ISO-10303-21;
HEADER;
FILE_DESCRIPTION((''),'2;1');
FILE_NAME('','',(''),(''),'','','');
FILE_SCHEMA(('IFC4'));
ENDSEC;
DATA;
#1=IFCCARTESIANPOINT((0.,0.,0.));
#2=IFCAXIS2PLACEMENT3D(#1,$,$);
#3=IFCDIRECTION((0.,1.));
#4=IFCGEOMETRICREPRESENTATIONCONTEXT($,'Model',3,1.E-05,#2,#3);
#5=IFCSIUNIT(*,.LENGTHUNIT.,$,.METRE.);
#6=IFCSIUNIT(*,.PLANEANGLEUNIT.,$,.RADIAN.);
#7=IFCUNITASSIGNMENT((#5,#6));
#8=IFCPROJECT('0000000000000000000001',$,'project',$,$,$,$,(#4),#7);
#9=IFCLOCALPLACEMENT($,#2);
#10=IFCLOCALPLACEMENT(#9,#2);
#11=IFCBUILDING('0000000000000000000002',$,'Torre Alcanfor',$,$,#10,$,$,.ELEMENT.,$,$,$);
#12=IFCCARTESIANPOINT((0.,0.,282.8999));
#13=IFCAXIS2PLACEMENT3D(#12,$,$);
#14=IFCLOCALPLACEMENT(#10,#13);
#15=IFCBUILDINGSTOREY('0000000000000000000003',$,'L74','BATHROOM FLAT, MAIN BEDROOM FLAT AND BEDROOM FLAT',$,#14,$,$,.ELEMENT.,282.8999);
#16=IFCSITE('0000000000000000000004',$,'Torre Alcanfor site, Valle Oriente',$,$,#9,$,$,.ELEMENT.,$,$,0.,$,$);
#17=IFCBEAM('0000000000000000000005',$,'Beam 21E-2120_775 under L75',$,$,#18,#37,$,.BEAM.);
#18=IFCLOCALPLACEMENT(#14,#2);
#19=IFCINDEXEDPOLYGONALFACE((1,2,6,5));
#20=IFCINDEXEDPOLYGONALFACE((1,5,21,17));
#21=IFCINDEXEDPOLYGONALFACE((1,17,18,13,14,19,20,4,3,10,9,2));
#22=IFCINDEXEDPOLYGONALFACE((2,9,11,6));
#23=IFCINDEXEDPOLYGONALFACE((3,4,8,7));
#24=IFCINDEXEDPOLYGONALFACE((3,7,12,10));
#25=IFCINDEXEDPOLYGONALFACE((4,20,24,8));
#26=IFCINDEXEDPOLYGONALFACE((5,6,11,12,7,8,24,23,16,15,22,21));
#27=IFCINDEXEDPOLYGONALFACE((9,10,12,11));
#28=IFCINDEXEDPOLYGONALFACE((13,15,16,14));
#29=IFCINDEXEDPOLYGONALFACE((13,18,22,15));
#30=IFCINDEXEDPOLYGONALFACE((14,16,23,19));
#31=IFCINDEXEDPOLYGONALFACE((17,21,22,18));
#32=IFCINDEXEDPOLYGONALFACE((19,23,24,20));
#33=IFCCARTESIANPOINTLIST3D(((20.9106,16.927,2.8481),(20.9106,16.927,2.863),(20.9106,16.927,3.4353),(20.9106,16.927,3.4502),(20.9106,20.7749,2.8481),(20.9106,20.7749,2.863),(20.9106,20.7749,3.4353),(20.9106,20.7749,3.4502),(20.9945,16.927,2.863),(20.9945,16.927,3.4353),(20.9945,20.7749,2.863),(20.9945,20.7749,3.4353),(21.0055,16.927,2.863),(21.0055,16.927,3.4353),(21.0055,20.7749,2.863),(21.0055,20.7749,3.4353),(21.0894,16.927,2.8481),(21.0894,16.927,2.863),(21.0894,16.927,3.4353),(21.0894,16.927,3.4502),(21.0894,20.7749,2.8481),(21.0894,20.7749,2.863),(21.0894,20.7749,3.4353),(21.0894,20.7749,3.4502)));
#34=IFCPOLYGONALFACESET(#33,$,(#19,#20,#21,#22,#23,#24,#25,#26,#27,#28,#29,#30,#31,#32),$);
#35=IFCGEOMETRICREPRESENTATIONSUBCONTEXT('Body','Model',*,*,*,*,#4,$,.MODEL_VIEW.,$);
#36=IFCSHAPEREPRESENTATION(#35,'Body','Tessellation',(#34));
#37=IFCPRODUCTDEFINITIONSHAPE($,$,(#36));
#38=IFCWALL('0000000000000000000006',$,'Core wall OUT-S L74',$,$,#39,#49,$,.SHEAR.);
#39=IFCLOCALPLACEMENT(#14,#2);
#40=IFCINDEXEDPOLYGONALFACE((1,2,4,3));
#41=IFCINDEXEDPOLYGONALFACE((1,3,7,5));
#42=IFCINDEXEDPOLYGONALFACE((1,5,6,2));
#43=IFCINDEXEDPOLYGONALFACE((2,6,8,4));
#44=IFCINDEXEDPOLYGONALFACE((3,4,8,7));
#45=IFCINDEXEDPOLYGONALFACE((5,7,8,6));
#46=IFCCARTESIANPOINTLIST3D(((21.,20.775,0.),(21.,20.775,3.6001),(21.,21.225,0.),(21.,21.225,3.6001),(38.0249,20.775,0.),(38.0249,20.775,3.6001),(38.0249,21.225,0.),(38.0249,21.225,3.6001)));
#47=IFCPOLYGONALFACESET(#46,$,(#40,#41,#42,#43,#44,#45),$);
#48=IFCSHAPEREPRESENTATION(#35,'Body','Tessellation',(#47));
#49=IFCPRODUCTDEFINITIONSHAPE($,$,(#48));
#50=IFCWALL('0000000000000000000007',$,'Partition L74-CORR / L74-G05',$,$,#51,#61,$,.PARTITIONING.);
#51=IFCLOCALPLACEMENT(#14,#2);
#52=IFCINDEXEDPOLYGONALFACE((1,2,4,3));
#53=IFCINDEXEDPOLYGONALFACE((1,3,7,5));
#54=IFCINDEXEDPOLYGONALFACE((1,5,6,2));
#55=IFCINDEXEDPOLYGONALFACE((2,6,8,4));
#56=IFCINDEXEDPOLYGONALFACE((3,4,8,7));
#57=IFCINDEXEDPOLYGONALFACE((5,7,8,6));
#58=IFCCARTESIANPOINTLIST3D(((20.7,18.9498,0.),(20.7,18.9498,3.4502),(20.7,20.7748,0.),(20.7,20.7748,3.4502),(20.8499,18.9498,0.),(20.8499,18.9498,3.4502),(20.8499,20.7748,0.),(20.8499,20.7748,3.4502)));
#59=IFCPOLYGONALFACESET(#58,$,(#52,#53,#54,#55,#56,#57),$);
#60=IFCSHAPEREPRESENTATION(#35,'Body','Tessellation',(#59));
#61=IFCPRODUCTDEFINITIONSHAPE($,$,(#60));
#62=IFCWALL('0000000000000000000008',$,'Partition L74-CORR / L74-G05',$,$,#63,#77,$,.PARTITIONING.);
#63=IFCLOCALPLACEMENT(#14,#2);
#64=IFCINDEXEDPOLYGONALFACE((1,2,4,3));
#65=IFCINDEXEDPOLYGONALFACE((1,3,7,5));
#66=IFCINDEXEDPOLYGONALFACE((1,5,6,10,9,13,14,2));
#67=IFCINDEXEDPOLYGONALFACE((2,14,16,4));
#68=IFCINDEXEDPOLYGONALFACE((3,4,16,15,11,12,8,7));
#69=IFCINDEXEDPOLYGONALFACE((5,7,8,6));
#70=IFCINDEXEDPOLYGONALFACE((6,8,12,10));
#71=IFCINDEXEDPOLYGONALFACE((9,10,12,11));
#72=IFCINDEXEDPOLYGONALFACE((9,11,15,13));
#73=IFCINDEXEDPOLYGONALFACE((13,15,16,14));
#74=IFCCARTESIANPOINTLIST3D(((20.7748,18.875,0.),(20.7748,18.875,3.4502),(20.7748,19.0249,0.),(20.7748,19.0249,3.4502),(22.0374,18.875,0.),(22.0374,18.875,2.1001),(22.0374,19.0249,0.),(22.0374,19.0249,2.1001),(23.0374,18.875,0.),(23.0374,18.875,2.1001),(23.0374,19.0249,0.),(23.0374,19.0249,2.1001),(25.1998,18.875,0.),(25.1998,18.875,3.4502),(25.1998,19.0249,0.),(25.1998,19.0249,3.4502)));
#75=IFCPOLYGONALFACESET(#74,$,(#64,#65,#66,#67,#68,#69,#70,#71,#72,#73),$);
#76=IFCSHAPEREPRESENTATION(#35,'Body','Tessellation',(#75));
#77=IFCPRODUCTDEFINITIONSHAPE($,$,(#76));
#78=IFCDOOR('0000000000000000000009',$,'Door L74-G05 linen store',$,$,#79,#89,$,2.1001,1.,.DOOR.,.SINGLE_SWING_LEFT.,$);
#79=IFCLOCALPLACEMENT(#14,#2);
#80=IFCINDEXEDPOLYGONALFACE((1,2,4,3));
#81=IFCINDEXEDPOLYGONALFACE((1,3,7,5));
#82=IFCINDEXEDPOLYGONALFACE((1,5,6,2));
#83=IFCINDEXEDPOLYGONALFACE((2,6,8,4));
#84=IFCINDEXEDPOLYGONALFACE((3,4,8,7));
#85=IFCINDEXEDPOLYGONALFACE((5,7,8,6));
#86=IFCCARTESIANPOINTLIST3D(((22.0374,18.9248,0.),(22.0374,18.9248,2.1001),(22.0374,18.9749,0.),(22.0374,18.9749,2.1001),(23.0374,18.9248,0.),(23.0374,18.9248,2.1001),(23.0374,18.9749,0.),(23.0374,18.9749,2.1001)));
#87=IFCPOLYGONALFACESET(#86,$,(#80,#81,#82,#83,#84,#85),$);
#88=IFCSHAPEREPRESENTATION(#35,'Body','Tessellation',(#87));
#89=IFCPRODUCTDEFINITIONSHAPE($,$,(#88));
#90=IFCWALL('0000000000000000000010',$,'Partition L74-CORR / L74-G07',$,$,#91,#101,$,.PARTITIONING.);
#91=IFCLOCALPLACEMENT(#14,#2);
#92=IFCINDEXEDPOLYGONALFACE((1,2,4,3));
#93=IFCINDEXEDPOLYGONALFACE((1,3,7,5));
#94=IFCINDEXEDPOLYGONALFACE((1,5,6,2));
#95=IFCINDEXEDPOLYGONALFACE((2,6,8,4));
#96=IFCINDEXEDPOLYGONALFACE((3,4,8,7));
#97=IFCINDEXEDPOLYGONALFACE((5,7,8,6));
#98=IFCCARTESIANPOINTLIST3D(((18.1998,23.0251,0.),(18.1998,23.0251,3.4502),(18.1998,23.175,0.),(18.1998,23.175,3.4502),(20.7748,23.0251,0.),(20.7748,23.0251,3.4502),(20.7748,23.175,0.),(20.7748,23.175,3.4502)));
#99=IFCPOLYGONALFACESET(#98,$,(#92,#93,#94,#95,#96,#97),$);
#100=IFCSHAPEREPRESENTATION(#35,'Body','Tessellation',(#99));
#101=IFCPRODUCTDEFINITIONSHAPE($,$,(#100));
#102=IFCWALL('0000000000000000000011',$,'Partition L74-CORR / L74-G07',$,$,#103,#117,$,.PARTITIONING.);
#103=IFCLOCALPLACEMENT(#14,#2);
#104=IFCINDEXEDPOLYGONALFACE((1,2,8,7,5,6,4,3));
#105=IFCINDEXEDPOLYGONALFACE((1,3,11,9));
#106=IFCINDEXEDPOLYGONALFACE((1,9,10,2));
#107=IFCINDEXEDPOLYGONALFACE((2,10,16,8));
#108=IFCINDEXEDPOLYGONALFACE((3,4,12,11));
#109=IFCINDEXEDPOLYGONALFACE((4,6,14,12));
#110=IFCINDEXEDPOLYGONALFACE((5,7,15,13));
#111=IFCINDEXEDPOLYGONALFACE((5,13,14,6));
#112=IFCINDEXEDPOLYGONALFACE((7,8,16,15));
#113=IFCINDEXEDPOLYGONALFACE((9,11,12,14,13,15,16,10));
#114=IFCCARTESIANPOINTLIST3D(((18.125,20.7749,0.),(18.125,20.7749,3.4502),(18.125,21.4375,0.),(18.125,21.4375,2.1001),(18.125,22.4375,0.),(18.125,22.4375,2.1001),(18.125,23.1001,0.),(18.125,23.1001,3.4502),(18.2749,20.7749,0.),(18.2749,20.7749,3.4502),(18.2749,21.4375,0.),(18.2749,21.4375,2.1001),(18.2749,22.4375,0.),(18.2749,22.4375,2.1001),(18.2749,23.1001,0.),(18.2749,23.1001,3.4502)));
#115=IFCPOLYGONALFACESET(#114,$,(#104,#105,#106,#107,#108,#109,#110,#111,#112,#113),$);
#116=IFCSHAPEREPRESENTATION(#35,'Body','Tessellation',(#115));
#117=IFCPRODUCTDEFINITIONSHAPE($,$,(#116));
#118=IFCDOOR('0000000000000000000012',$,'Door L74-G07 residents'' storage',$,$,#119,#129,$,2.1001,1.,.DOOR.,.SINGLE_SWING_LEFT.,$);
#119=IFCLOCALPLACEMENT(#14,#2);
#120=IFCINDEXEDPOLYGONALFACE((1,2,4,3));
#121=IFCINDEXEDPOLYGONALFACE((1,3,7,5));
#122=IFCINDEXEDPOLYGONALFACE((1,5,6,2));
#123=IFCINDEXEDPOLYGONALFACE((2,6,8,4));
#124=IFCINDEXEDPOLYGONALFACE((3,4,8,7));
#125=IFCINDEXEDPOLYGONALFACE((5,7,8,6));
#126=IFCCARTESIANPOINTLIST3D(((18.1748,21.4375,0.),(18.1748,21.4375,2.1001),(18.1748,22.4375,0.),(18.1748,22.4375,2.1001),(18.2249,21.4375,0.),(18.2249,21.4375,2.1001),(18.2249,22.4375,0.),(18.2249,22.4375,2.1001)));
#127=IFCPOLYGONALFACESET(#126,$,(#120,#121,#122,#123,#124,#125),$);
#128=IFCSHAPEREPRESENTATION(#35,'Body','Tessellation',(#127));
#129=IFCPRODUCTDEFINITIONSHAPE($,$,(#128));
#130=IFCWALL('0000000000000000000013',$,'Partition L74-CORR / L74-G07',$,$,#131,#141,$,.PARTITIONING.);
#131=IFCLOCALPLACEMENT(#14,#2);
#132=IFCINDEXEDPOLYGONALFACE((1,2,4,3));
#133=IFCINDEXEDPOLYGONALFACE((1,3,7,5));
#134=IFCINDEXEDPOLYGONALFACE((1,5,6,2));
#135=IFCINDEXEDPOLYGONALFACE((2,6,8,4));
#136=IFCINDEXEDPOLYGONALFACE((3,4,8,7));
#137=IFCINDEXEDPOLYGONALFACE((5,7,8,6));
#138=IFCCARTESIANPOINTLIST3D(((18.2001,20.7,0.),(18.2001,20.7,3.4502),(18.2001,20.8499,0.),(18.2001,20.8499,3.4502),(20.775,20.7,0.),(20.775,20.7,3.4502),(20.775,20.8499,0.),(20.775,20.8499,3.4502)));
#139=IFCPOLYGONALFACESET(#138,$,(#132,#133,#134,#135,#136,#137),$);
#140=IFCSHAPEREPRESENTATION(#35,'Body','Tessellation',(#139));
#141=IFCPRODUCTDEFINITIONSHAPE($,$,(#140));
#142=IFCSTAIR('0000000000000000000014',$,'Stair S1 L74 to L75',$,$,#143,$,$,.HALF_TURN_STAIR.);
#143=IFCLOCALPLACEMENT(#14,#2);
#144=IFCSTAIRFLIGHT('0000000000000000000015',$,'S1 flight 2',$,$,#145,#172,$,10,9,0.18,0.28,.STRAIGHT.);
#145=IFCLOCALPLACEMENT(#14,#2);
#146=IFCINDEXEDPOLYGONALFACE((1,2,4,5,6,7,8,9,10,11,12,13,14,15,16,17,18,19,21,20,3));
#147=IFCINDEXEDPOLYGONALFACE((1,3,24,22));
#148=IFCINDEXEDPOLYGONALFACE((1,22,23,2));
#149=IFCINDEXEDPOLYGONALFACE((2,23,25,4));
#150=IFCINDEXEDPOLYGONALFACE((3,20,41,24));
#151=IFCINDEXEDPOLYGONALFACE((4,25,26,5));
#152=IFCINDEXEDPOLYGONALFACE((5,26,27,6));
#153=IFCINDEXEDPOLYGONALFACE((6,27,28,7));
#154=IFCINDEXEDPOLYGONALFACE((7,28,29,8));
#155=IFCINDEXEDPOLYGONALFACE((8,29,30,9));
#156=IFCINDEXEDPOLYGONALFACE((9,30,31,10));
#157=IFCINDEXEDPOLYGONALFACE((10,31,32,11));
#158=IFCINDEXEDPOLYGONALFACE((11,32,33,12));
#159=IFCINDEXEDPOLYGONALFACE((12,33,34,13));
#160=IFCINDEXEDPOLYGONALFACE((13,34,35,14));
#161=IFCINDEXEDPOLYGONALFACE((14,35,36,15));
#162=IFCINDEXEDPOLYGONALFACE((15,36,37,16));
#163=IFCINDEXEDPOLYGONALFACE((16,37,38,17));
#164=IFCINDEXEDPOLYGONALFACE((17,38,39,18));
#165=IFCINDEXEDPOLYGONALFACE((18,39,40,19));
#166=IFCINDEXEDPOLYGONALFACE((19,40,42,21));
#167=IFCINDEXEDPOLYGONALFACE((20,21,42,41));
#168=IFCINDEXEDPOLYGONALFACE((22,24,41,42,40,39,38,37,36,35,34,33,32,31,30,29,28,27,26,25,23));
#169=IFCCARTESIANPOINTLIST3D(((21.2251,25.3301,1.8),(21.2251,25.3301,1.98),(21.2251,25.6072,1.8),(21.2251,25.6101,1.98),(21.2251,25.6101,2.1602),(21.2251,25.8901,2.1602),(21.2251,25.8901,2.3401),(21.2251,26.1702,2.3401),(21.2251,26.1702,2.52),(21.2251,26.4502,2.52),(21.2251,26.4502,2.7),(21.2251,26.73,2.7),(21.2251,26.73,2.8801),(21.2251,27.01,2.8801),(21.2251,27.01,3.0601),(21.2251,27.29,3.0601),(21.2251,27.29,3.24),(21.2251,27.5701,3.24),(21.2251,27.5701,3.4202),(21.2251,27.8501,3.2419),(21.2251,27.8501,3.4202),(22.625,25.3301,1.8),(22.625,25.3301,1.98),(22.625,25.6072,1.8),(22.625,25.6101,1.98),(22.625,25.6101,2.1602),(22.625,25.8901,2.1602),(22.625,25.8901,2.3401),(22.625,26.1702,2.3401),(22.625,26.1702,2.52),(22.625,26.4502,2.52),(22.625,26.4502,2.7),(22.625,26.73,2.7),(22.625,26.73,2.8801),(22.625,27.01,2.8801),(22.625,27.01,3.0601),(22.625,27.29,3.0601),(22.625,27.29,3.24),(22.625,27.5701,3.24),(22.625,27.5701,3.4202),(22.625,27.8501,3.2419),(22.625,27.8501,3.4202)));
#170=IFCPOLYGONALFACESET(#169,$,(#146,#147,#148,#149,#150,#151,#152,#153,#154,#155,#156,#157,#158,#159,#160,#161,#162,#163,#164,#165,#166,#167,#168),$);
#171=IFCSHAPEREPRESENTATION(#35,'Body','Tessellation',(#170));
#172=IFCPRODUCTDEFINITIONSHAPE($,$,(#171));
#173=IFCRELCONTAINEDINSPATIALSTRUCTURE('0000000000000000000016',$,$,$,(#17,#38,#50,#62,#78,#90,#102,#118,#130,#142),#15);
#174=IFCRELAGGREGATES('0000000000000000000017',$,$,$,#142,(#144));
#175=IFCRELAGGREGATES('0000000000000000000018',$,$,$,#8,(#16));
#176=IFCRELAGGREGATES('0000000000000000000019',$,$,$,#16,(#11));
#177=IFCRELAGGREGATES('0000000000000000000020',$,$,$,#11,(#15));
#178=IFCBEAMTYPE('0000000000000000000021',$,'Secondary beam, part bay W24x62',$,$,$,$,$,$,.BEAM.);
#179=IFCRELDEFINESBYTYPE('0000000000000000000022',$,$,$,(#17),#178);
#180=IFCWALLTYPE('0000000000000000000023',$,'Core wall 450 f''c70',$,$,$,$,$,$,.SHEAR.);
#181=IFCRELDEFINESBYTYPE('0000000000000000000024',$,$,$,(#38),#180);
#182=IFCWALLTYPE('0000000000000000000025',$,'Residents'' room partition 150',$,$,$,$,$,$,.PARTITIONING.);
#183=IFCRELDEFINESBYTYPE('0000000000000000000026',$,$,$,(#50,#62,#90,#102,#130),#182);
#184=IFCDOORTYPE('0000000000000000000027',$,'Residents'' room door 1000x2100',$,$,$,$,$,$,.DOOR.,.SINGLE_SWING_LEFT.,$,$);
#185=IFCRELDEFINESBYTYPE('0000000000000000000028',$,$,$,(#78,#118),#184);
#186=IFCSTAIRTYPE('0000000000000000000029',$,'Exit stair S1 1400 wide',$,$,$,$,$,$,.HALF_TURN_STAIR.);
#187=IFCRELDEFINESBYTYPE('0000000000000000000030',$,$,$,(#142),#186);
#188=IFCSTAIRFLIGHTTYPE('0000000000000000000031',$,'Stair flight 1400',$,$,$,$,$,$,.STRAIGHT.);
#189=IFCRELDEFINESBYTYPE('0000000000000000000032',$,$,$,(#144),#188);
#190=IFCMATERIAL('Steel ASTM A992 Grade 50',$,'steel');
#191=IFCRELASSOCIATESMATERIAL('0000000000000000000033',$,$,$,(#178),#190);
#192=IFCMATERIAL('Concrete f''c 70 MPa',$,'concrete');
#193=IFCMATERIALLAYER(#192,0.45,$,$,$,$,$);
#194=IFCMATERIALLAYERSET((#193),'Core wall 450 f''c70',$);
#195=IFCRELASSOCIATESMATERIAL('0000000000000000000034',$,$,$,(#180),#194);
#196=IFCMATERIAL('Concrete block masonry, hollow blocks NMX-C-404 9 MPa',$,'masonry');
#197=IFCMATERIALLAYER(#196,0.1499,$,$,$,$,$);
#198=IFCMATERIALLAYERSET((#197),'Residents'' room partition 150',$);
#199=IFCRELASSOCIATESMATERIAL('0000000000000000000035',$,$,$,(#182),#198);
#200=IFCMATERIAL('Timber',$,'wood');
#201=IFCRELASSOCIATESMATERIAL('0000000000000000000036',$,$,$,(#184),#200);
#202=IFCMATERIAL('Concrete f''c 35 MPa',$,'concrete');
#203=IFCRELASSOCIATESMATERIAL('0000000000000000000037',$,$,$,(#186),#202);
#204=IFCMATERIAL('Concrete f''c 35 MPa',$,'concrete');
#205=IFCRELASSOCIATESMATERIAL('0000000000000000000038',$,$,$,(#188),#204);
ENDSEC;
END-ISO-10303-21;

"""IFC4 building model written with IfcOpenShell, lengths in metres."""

from ifc_helpers import new_model, si_unit, direction, frame, frame_2d, origin, origin_2d, place, context, subcontext, project, spatial, polyline, rectangle, i_section, outline, extrude, material, layer, layer_set, material_profile, profile_set, type_object, element, fill, aggregate, save


model = new_model("IFC4")

# Units and contexts
model_context = context("Model", 3, precision=1e-05, world=origin(), true_north=direction((0.0, 1.0)))
body_context = subcontext(model_context, "Body", "Model", "MODEL_VIEW")
ifc_project = project(units=[si_unit("LENGTHUNIT", "METRE"), si_unit("PLANEANGLEUNIT", "RADIAN")], contexts=[model_context])

# Site, building, storey
site_placement = place(None, origin())
site = spatial("IfcSite", under=ifc_project, at=site_placement, Name="Torre Alcanfor site, Valle Oriente", CompositionType="ELEMENT", RefElevation=0.0)
building_placement = place(site_placement, origin())
building = spatial("IfcBuilding", under=site, at=building_placement, Name="Torre Alcanfor", CompositionType="ELEMENT")
storey_placement = place(building_placement, frame((0.0, 0.0, 282.8999)))
storey = spatial("IfcBuildingStorey", under=building, at=storey_placement, Name="L74", Description="BATHROOM FLAT, MAIN BEDROOM FLAT AND BEDROOM FLAT", CompositionType="ELEMENT", Elevation=282.8999)

# Beam
ifc_material_1 = material(Name="Steel ASTM A992 Grade 50", Category="steel")
ifc_material_profile = material_profile(ifc_material_1, i_section(OverallWidth=0.1787, OverallDepth=0.6021, WebThickness=0.011, FlangeThickness=0.0149, at=origin_2d()), Name="W24x62")
ifc_profile_set = profile_set([ifc_material_profile], Name="Steel ASTM A992 Grade 50")
beam_type = type_object("IfcBeamType", Name="Secondary beam, part bay W24x62", PredefinedType="BEAM", material=ifc_profile_set)
beam_placement = place(storey_placement, frame((21.0, 16.927, 3.1492), z_axis=(0.0, 1.0, 0.0), x_axis=(-1.0, 0.0, 0.0)))
element("IfcBeam", 1, at=beam_placement, inside=storey, type_object=beam_type, Name="Beam 21E-2120_775 under L75", PredefinedType="BEAM", context=body_context, shape_type="SweptSolid", body=[
    extrude(i_section(OverallWidth=0.1787, OverallDepth=0.6021, WebThickness=0.011, FlangeThickness=0.0149, at=origin_2d()), origin(), (0.0, 0.0, 1.0), 3.8479),
])

# Walls
ifc_material_2 = material(Name="Concrete f'c 70 MPa", Category="concrete")
ifc_layer_1 = layer(ifc_material_2, 0.45)
ifc_layer_set_1 = layer_set([ifc_layer_1], Name="Core wall 450 f'c70")
wall_type_1 = type_object("IfcWallType", Name="Core wall 450 f'c70", PredefinedType="SHEAR", material=ifc_layer_set_1)
wall_1_placement = place(storey_placement, frame((21.0, 21.0, 0.0), z_axis=(0.0, 0.0, 1.0), x_axis=(1.0, 0.0, 0.0)))
element("IfcWall", 2, at=wall_1_placement, inside=storey, type_object=wall_type_1, Name="Core wall OUT-S L74", PredefinedType="SHEAR", context=body_context, shape_type="SweptSolid", body=[
    extrude(rectangle(XDim=17.0249, YDim=0.45, at=frame_2d((8.5125, 0.0))), origin(), (0.0, 0.0, 1.0), 3.6001),
])
ifc_material_3 = material(Name="Concrete block masonry, hollow blocks NMX-C-404 9 MPa", Category="masonry")
ifc_layer_2 = layer(ifc_material_3, 0.1499)
ifc_layer_set_2 = layer_set([ifc_layer_2], Name="Residents' room partition 150")
wall_type_2 = type_object("IfcWallType", Name="Residents' room partition 150", PredefinedType="PARTITIONING", material=ifc_layer_set_2)
wall_2_placement = place(storey_placement, frame((20.7749, 20.7749, 0.0), z_axis=(0.0, 0.0, 1.0), x_axis=(0.0, -1.0, 0.0)))
element("IfcWall", 3, at=wall_2_placement, inside=storey, type_object=wall_type_2, Name="Partition L74-CORR / L74-G05", PredefinedType="PARTITIONING", context=body_context, shape_type="SweptSolid", body=[
    extrude(rectangle(XDim=1.825, YDim=0.1499, at=frame_2d((0.9126, 0.0))), origin(), (0.0, 0.0, 1.0), 3.4502),
])

# Wall, opening, door
wall_3_placement = place(storey_placement, frame((20.7749, 18.95, 0.0), z_axis=(0.0, 0.0, 1.0), x_axis=(1.0, 0.0, 0.0)))
wall_3 = element("IfcWall", 4, at=wall_3_placement, inside=storey, type_object=wall_type_2, Name="Partition L74-CORR / L74-G05", PredefinedType="PARTITIONING", context=body_context, shape_type="SweptSolid", body=[
    extrude(rectangle(XDim=4.425, YDim=0.1499, at=frame_2d((2.2124, 0.0))), origin(), (0.0, 0.0, 1.0), 3.4502),
])
opening_1_placement = place(wall_3_placement, frame((1.2625, 0.0, 0.0)))
opening_1 = element("IfcOpeningElement", 5, at=opening_1_placement, cuts=wall_3, PredefinedType="OPENING", context=body_context, shape_type="SweptSolid", body=[
    extrude(rectangle(XDim=1.0, YDim=2.1001, at=frame_2d((0.5, 1.05))), frame((0.0, 0.085, 0.0), z_axis=(0.0, -1.0, 0.0), x_axis=(1.0, 0.0, 0.0)), (0.0, 0.0, 1.0), 0.1699),
])
ifc_material_4 = material(Name="Timber", Category="wood")
door_type = type_object("IfcDoorType", Name="Residents' room door 1000x2100", OperationType="SINGLE_SWING_LEFT", PredefinedType="DOOR", material=ifc_material_4)
door_1_placement = place(opening_1_placement, origin())
door_1 = element("IfcDoor", 6, at=door_1_placement, inside=storey, type_object=door_type, Name="Door L74-G05 linen store", OperationType="SINGLE_SWING_LEFT", OverallHeight=2.1001, OverallWidth=1.0, PredefinedType="DOOR", context=body_context, shape_type="SweptSolid", body=[
    extrude(rectangle(XDim=1.0, YDim=2.1001, at=frame_2d((0.5, 1.05))), frame((0.0, 0.0249, 0.0), z_axis=(0.0, -1.0, 0.0), x_axis=(1.0, 0.0, 0.0)), (0.0, 0.0, 1.0), 0.05),
])
fill(opening_1, door_1)

# Wall
wall_4_placement = place(storey_placement, frame((20.7749, 23.1001, 0.0), z_axis=(0.0, 0.0, 1.0), x_axis=(-1.0, 0.0, 0.0)))
element("IfcWall", 7, at=wall_4_placement, inside=storey, type_object=wall_type_2, Name="Partition L74-CORR / L74-G07", PredefinedType="PARTITIONING", context=body_context, shape_type="SweptSolid", body=[
    extrude(rectangle(XDim=2.575, YDim=0.1499, at=frame_2d((1.2876, 0.0))), origin(), (0.0, 0.0, 1.0), 3.4502),
])

# Wall, opening, door
wall_5_placement = place(storey_placement, frame((18.2, 23.1001, 0.0), z_axis=(0.0, 0.0, 1.0), x_axis=(0.0, -1.0, 0.0)))
wall_5 = element("IfcWall", 8, at=wall_5_placement, inside=storey, type_object=wall_type_2, Name="Partition L74-CORR / L74-G07", PredefinedType="PARTITIONING", context=body_context, shape_type="SweptSolid", body=[
    extrude(rectangle(XDim=2.3252, YDim=0.1499, at=frame_2d((1.1626, 0.0))), origin(), (0.0, 0.0, 1.0), 3.4502),
])
opening_2_placement = place(wall_5_placement, frame((0.6626, 0.0, 0.0)))
opening_2 = element("IfcOpeningElement", 9, at=opening_2_placement, cuts=wall_5, PredefinedType="OPENING", context=body_context, shape_type="SweptSolid", body=[
    extrude(rectangle(XDim=1.0, YDim=2.1001, at=frame_2d((0.5, 1.05))), frame((0.0, 0.085, 0.0), z_axis=(0.0, -1.0, 0.0), x_axis=(1.0, 0.0, 0.0)), (0.0, 0.0, 1.0), 0.1699),
])
door_2_placement = place(opening_2_placement, origin())
door_2 = element("IfcDoor", 10, at=door_2_placement, inside=storey, type_object=door_type, Name="Door L74-G07 residents' storage", OperationType="SINGLE_SWING_LEFT", OverallHeight=2.1001, OverallWidth=1.0, PredefinedType="DOOR", context=body_context, shape_type="SweptSolid", body=[
    extrude(rectangle(XDim=1.0, YDim=2.1001, at=frame_2d((0.5, 1.05))), frame((0.0, 0.0249, 0.0), z_axis=(0.0, -1.0, 0.0), x_axis=(1.0, 0.0, 0.0)), (0.0, 0.0, 1.0), 0.05),
])
fill(opening_2, door_2)

# Wall
wall_6_placement = place(storey_placement, frame((18.2, 20.7749, 0.0), z_axis=(0.0, 0.0, 1.0), x_axis=(1.0, 0.0, 0.0)))
element("IfcWall", 11, at=wall_6_placement, inside=storey, type_object=wall_type_2, Name="Partition L74-CORR / L74-G07", PredefinedType="PARTITIONING", context=body_context, shape_type="SweptSolid", body=[
    extrude(rectangle(XDim=2.575, YDim=0.1499, at=frame_2d((1.2876, 0.0))), origin(), (0.0, 0.0, 1.0), 3.4502),
])

# Stair, stair flight
ifc_material_5 = material(Name="Concrete f'c 35 MPa", Category="concrete")
stair_type = type_object("IfcStairType", Name="Exit stair S1 1400 wide", PredefinedType="HALF_TURN_STAIR", material=ifc_material_5)
stair_placement = place(storey_placement, origin())
stair = element("IfcStair", 12, at=stair_placement, inside=storey, type_object=stair_type, Name="Stair S1 L74 to L75", PredefinedType="HALF_TURN_STAIR")
ifc_material_6 = material(Name="Concrete f'c 35 MPa", Category="concrete")
stair_flight_type = type_object("IfcStairFlightType", Name="Stair flight 1400", PredefinedType="STRAIGHT", material=ifc_material_6)
stair_flight_placement = place(storey_placement, frame((21.925, 25.3301, 1.8), z_axis=(0.0, 0.0, 1.0), x_axis=(0.0, 1.0, 0.0)))
stair_flight = element("IfcStairFlight", 13, at=stair_flight_placement, type_object=stair_flight_type, Name="S1 flight 2", NumberOfRisers=10, NumberOfTreads=9, PredefinedType="STRAIGHT", RiserHeight=0.18, TreadLength=0.28, context=body_context, shape_type="SweptSolid", body=[
    extrude(outline(polyline([(0.0, 0.0), (0.0, 0.1799), (0.28, 0.1799), (0.28, 0.3601), (0.5601, 0.3601), (0.5601, 0.54), (0.8401, 0.54), (0.8401, 0.72), (1.1201, 0.72), (1.1201, 0.8999), (1.3999, 0.8999), (1.3999, 1.0801), (1.6799, 1.0801), (1.6799, 1.26), (1.96, 1.26), (1.96, 1.4399), (2.24, 1.4399), (2.24, 1.6201), (2.52, 1.6201), (2.52, 1.8), (2.52, 1.4419), (0.2771, 0.0), (0.0, 0.0)])), frame((0.0, 0.7, 0.0), z_axis=(0.0, -1.0, 0.0), x_axis=(1.0, 0.0, 0.0)), (0.0, 0.0, 1.0), 1.3999),
])
aggregate(stair, [stair_flight])

save(model, "model.ifc")
